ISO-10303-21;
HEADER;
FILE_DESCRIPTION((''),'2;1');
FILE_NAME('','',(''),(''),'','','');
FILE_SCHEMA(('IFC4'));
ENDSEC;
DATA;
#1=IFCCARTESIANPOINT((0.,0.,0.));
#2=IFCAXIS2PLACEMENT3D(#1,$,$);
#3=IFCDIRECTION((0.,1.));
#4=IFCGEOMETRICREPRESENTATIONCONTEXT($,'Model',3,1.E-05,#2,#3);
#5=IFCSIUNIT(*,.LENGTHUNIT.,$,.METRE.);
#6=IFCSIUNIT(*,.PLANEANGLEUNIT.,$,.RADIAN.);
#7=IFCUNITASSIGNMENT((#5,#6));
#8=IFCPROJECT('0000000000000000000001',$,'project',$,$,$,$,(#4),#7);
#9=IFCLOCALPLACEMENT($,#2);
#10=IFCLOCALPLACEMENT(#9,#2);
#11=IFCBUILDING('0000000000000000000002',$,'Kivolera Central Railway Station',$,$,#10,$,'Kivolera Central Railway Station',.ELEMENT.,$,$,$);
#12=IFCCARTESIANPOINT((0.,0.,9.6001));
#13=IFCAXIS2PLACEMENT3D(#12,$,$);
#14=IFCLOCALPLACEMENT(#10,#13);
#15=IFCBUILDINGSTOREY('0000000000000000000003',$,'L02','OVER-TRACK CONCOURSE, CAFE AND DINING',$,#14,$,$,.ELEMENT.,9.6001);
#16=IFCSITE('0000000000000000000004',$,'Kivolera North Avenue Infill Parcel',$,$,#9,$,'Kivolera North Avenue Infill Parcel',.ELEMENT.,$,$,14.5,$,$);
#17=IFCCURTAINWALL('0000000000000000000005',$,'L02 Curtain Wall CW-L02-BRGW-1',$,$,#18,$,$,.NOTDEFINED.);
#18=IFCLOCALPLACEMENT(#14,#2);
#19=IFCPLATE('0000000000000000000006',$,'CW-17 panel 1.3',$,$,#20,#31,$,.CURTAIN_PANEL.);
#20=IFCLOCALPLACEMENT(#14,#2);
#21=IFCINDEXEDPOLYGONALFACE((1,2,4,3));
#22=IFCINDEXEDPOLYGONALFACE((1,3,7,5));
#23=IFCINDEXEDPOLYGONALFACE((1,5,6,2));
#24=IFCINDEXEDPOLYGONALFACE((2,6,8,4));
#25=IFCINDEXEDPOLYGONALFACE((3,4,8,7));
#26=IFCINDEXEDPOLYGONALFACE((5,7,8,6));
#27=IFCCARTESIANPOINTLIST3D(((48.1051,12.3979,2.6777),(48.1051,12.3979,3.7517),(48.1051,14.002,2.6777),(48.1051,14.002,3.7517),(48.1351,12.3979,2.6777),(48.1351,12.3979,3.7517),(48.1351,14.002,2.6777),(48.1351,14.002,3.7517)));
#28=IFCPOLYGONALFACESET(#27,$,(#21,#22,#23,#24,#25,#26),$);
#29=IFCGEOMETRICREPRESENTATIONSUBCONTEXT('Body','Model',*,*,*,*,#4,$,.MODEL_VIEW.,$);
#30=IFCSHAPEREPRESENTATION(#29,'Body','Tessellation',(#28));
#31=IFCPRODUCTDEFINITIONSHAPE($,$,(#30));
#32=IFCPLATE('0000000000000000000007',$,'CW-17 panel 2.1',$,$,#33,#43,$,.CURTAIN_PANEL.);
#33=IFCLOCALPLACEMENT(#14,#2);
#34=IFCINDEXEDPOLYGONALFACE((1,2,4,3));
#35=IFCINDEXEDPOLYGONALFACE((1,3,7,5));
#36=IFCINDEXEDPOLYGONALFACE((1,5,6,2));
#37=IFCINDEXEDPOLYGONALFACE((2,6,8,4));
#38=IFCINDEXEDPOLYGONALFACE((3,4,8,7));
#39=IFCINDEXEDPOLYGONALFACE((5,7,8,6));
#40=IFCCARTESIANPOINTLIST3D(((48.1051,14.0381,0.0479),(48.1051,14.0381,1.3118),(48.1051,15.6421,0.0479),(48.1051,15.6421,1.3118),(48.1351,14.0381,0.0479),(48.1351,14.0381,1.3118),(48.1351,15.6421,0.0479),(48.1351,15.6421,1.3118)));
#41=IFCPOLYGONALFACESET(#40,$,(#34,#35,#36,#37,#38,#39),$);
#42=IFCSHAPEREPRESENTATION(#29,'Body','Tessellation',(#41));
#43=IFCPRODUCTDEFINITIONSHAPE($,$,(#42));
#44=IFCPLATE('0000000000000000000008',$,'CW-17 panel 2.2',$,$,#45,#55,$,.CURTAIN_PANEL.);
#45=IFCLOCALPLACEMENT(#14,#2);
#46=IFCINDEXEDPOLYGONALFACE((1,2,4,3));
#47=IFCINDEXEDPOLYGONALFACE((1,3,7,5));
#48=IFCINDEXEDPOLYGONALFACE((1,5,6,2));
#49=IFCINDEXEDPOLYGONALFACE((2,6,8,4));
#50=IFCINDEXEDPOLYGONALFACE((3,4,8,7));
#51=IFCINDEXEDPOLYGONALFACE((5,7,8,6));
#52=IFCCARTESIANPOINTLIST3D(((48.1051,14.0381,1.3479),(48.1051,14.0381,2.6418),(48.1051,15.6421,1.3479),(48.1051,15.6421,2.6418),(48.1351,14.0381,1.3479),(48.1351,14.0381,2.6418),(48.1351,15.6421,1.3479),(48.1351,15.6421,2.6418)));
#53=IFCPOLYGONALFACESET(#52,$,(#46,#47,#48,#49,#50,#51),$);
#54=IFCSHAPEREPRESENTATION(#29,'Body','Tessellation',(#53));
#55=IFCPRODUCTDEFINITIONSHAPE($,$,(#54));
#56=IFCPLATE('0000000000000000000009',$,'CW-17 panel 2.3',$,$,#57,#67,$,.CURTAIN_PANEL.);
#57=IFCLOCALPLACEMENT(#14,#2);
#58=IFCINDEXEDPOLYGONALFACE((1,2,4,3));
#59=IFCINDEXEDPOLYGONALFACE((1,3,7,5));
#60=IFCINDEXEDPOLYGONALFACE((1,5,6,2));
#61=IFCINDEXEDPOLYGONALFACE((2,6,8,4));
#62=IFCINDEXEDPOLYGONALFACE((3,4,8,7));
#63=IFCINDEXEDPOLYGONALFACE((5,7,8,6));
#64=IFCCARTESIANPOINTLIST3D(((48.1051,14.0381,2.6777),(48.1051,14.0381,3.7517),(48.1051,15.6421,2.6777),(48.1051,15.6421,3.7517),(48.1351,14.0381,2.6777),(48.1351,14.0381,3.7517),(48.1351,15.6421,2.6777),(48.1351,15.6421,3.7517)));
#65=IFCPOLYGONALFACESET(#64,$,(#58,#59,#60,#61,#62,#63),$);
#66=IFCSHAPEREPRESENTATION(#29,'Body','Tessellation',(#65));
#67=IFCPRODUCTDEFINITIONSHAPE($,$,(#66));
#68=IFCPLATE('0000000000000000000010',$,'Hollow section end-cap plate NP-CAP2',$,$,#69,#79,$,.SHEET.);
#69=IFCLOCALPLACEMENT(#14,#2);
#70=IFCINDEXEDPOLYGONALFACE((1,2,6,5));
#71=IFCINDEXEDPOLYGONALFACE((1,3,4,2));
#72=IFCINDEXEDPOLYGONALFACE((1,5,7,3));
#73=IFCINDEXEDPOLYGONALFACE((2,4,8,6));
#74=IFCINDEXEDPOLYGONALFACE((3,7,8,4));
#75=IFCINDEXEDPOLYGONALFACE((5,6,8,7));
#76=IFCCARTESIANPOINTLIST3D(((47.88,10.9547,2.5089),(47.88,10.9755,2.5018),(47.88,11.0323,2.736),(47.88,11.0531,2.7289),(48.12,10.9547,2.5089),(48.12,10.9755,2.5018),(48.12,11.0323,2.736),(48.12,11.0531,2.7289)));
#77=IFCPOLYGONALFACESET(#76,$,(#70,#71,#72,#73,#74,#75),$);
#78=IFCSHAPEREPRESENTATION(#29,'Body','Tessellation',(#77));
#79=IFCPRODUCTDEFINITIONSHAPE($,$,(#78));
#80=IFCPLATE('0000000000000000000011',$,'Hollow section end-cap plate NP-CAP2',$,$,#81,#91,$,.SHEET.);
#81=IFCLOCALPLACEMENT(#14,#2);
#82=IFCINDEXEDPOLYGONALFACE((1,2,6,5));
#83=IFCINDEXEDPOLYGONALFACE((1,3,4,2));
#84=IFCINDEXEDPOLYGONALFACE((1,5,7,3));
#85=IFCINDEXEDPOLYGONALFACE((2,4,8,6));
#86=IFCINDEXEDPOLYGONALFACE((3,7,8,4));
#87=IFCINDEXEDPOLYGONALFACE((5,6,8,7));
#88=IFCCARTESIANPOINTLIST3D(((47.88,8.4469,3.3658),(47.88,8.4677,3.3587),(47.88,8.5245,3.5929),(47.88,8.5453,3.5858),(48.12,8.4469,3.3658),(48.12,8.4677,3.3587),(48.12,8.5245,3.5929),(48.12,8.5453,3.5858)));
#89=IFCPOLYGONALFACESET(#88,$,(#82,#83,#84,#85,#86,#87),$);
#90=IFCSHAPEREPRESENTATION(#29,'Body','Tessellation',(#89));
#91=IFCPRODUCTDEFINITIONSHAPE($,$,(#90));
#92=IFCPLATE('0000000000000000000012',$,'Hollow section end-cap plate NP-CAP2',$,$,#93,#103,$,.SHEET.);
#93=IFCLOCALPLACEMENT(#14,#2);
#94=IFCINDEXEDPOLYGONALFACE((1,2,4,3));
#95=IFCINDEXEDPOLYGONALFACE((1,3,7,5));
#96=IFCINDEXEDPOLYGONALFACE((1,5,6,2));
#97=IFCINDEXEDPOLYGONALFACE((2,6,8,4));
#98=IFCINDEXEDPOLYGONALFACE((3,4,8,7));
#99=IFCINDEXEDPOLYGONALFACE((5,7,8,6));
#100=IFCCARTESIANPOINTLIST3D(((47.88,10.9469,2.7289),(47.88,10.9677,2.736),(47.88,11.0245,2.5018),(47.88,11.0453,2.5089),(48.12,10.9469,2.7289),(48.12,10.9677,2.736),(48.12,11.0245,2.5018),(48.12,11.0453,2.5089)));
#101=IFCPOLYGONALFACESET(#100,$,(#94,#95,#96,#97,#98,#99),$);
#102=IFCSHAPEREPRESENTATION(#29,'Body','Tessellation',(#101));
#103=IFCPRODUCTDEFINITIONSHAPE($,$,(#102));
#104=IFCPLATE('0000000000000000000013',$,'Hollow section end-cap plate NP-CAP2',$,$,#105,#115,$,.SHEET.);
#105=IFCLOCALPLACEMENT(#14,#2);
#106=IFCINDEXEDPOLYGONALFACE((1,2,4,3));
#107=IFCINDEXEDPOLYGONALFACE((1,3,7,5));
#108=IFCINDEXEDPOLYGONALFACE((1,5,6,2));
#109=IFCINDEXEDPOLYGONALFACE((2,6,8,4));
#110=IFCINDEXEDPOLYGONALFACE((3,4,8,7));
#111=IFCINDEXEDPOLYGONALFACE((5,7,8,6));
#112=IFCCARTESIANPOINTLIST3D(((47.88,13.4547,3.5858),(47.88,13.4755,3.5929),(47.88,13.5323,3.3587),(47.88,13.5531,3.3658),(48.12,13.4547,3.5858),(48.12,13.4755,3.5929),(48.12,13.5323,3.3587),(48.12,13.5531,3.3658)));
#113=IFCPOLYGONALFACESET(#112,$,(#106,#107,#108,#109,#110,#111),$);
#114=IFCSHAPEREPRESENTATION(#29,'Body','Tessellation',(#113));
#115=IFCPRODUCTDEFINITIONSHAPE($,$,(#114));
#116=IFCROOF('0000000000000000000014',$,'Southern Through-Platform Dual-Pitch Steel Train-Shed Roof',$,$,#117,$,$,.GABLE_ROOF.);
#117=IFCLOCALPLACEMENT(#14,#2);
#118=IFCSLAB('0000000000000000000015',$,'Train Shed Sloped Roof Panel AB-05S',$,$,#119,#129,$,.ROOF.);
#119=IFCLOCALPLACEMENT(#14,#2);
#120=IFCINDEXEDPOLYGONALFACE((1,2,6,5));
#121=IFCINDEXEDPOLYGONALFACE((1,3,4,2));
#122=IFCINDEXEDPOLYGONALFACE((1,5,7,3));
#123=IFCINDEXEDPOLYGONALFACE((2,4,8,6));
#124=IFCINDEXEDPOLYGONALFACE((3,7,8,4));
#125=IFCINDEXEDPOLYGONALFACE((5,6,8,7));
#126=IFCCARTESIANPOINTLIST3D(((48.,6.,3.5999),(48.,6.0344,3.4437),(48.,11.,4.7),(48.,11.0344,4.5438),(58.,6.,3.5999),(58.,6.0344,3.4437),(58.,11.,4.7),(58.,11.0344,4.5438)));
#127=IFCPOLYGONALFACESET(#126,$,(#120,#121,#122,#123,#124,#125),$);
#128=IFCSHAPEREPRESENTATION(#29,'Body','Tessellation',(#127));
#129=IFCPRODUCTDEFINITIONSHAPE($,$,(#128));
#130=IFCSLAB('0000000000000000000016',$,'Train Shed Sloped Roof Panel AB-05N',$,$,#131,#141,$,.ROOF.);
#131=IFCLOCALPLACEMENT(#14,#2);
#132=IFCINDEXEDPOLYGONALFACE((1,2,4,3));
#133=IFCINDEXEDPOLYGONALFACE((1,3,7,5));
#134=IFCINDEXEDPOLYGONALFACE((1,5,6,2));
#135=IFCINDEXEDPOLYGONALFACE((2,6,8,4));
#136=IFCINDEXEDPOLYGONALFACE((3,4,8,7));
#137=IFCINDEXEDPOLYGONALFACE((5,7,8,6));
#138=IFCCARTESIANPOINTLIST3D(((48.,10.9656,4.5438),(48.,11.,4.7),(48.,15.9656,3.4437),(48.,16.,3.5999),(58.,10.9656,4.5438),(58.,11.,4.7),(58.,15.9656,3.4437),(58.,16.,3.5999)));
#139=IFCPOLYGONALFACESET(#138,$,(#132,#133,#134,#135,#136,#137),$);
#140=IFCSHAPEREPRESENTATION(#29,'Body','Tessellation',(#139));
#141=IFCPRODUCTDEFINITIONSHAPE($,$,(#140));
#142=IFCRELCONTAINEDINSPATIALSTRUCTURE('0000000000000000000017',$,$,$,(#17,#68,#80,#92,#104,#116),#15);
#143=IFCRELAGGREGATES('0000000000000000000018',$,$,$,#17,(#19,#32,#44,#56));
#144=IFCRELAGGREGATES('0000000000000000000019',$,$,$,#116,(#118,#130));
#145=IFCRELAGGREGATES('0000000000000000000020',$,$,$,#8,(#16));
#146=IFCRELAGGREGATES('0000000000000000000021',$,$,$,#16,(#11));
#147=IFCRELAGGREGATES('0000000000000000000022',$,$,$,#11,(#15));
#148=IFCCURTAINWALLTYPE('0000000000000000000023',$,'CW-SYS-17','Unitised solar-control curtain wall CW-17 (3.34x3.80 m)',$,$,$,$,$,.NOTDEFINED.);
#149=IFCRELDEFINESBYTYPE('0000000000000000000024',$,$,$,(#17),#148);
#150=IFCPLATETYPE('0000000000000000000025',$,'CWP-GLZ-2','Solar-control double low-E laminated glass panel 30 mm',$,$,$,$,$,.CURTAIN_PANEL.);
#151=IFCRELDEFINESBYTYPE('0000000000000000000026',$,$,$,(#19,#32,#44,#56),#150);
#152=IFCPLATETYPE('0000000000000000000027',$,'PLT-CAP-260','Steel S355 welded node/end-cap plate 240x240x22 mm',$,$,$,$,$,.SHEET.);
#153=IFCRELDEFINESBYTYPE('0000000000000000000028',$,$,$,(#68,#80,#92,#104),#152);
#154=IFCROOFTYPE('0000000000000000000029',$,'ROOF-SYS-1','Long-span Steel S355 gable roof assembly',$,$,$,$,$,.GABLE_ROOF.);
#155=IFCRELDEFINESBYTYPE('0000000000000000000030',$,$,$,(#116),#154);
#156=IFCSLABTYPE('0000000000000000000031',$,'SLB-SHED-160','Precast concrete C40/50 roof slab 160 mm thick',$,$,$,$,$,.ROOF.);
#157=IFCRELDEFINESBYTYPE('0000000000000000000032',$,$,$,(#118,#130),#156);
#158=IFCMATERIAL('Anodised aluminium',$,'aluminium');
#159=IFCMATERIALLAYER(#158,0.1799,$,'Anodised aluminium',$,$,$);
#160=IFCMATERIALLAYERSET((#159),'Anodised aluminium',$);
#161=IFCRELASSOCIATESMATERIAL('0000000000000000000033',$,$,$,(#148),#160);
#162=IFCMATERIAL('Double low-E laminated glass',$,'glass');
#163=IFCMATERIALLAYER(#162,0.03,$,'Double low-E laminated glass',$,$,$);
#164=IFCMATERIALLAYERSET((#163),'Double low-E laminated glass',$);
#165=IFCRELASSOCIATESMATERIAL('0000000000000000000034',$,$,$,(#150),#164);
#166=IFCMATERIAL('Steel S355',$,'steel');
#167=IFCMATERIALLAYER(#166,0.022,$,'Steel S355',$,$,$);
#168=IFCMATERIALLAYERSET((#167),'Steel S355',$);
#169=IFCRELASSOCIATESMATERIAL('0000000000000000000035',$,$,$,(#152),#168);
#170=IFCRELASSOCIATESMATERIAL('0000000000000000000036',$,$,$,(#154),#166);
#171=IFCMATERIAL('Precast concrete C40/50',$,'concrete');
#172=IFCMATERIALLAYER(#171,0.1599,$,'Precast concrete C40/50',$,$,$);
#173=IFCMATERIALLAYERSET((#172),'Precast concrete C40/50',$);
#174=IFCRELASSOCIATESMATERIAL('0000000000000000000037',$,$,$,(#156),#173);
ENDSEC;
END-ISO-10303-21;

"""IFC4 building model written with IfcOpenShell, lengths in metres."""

from ifc_helpers import new_model, si_unit, direction, frame, origin, origin_2d, place, context, subcontext, project, spatial, polyline, rectangle, outline, extrude, material, layer, layer_set, type_object, element, aggregate, save


model = new_model("IFC4")

# Units and contexts
model_context = context("Model", 3, precision=1e-05, world=origin(), true_north=direction((0.0, 1.0)))
body_context = subcontext(model_context, "Body", "Model", "MODEL_VIEW")
ifc_project = project(units=[si_unit("LENGTHUNIT", "METRE"), si_unit("PLANEANGLEUNIT", "RADIAN")], contexts=[model_context])

# Site, building, storey
site_placement = place(None, origin())
site = spatial("IfcSite", under=ifc_project, at=site_placement, Name="Kivolera North Avenue Infill Parcel", LongName="Kivolera North Avenue Infill Parcel", CompositionType="ELEMENT", RefElevation=14.5)
building_placement = place(site_placement, origin())
building = spatial("IfcBuilding", under=site, at=building_placement, Name="Kivolera Central Railway Station", LongName="Kivolera Central Railway Station", CompositionType="ELEMENT")
storey_placement = place(building_placement, frame((0.0, 0.0, 9.6001)))
storey = spatial("IfcBuildingStorey", under=building, at=storey_placement, Name="L02", Description="OVER-TRACK CONCOURSE, CAFE AND DINING", CompositionType="ELEMENT", Elevation=9.6001)

# Shared definitions
ifc_material_1 = material(Name="Steel S355", Category="steel")

# Curtain wall
ifc_material_2 = material(Name="Anodised aluminium", Category="aluminium")
ifc_layer_1 = layer(ifc_material_2, 0.1799, Name="Anodised aluminium")
ifc_layer_set_1 = layer_set([ifc_layer_1], Name="Anodised aluminium")
curtain_wall_type = type_object("IfcCurtainWallType", Name="CW-SYS-17", Description="Unitised solar-control curtain wall CW-17 (3.34x3.80 m)", PredefinedType="NOTDEFINED", material=ifc_layer_set_1)
curtain_wall_placement = place(storey_placement, origin())
curtain_wall = element("IfcCurtainWall", 1, at=curtain_wall_placement, inside=storey, type_object=curtain_wall_type, Name="L02 Curtain Wall CW-L02-BRGW-1", PredefinedType="NOTDEFINED")

# Plates
ifc_material_3 = material(Name="Double low-E laminated glass", Category="glass")
ifc_layer_2 = layer(ifc_material_3, 0.03, Name="Double low-E laminated glass")
ifc_layer_set_2 = layer_set([ifc_layer_2], Name="Double low-E laminated glass")
plate_type_1 = type_object("IfcPlateType", Name="CWP-GLZ-2", Description="Solar-control double low-E laminated glass panel 30 mm", PredefinedType="CURTAIN_PANEL", material=ifc_layer_set_2)
plate_1_placement = place(storey_placement, frame((48.1201, 13.2, 2.6777), z_axis=(0.0, 0.0, 1.0), x_axis=(0.0, 1.0, 0.0)))
plate_1 = element("IfcPlate", 2, at=plate_1_placement, type_object=plate_type_1, Name="CW-17 panel 1.3", PredefinedType="CURTAIN_PANEL", context=body_context, shape_type="SweptSolid", body=[
    extrude(rectangle(XDim=1.604, YDim=0.03, at=origin_2d()), origin(), (0.0, 0.0, 1.0), 1.074),
])
plate_2_placement = place(storey_placement, frame((48.1201, 14.8401, 0.0479), z_axis=(0.0, 0.0, 1.0), x_axis=(0.0, 1.0, 0.0)))
plate_2 = element("IfcPlate", 3, at=plate_2_placement, type_object=plate_type_1, Name="CW-17 panel 2.1", PredefinedType="CURTAIN_PANEL", context=body_context, shape_type="SweptSolid", body=[
    extrude(rectangle(XDim=1.604, YDim=0.03, at=origin_2d()), origin(), (0.0, 0.0, 1.0), 1.2639),
])
plate_3_placement = place(storey_placement, frame((48.1201, 14.8401, 1.3479), z_axis=(0.0, 0.0, 1.0), x_axis=(0.0, 1.0, 0.0)))
plate_3 = element("IfcPlate", 4, at=plate_3_placement, type_object=plate_type_1, Name="CW-17 panel 2.2", PredefinedType="CURTAIN_PANEL", context=body_context, shape_type="SweptSolid", body=[
    extrude(rectangle(XDim=1.604, YDim=0.03, at=origin_2d()), origin(), (0.0, 0.0, 1.0), 1.2939),
])
plate_4_placement = place(storey_placement, frame((48.1201, 14.8401, 2.6777), z_axis=(0.0, 0.0, 1.0), x_axis=(0.0, 1.0, 0.0)))
plate_4 = element("IfcPlate", 5, at=plate_4_placement, type_object=plate_type_1, Name="CW-17 panel 2.3", PredefinedType="CURTAIN_PANEL", context=body_context, shape_type="SweptSolid", body=[
    extrude(rectangle(XDim=1.604, YDim=0.03, at=origin_2d()), origin(), (0.0, 0.0, 1.0), 1.074),
])
aggregate(curtain_wall, [plate_1, plate_2, plate_3, plate_4])

# Plates
ifc_layer_3 = layer(ifc_material_1, 0.022, Name="Steel S355")
ifc_layer_set_3 = layer_set([ifc_layer_3], Name="Steel S355")
plate_type_2 = type_object("IfcPlateType", Name="PLT-CAP-260", Description="Steel S355 welded node/end-cap plate 240x240x22 mm", PredefinedType="SHEET", material=ifc_layer_set_3)
for number, where, z_axis, x_axis, name in (
    (6, (48.0, 11.0039, 2.6189), (0.0, -0.946194, 0.323599), (1.0, 0.0, 0.0), "Hollow section end-cap plate NP-CAP2"),
    (7, (48.0, 8.4961, 3.4758), (0.0, -0.946194, 0.323599), (1.0, 0.0, 0.0), "Hollow section end-cap plate NP-CAP2"),
    (8, (48.0, 10.9961, 2.6189), (0.0, 0.946194, 0.323599), (-1.0, 0.0, 0.0), "Hollow section end-cap plate NP-CAP2"),
    (9, (48.0, 13.5039, 3.4758), (0.0, 0.946194, 0.323599), (-1.0, 0.0, 0.0), "Hollow section end-cap plate NP-CAP2"),
):
    element("IfcPlate", number, at=place(storey_placement, frame(where, z_axis=z_axis, x_axis=x_axis)), inside=storey, type_object=plate_type_2, Name=name, PredefinedType="SHEET", context=body_context, shape_type="SweptSolid", body=[
        extrude(rectangle(XDim=0.24, YDim=0.24, at=origin_2d()), frame((0.0, 0.0, -0.011)), (0.0, 0.0, 1.0), 0.022),
    ])

# Roof, slabs
roof_type = type_object("IfcRoofType", Name="ROOF-SYS-1", Description="Long-span Steel S355 gable roof assembly", PredefinedType="GABLE_ROOF", material=ifc_material_1)
roof_placement = place(storey_placement, origin())
roof = element("IfcRoof", 10, at=roof_placement, inside=storey, type_object=roof_type, Name="Southern Through-Platform Dual-Pitch Steel Train-Shed Roof", PredefinedType="GABLE_ROOF")
ifc_material_4 = material(Name="Precast concrete C40/50", Category="concrete")
ifc_layer_4 = layer(ifc_material_4, 0.1599, Name="Precast concrete C40/50")
ifc_layer_set_4 = layer_set([ifc_layer_4], Name="Precast concrete C40/50")
slab_type = type_object("IfcSlabType", Name="SLB-SHED-160", Description="Precast concrete C40/50 roof slab 160 mm thick", PredefinedType="ROOF", material=ifc_layer_set_4)
slab_1_placement = place(storey_placement, frame((48.0, 6.0, 3.5999), z_axis=(0.0, -0.21488, 0.97664), x_axis=(1.0, 0.0, 0.0)))
slab_1 = element("IfcSlab", 11, at=slab_1_placement, type_object=slab_type, Name="Train Shed Sloped Roof Panel AB-05S", PredefinedType="ROOF", context=body_context, shape_type="SweptSolid", body=[
    extrude(outline(polyline([(0.0, 0.0), (10.0, 0.0), (10.0, 5.1196), (0.0, 5.1196), (0.0, 0.0)])), origin(), (0.0, 0.0, -1.0), 0.1599),
])
slab_2_placement = place(storey_placement, frame((48.0, 11.0, 4.7), z_axis=(0.0, 0.21488, 0.97664), x_axis=(1.0, 0.0, 0.0)))
slab_2 = element("IfcSlab", 12, at=slab_2_placement, type_object=slab_type, Name="Train Shed Sloped Roof Panel AB-05N", PredefinedType="ROOF", context=body_context, shape_type="SweptSolid", body=[
    extrude(outline(polyline([(0.0, 0.0), (10.0, 0.0), (10.0, 5.1196), (0.0, 5.1196), (0.0, 0.0)])), origin(), (0.0, 0.0, -1.0), 0.1599),
])
aggregate(roof, [slab_1, slab_2])

save(model, "model.ifc")
